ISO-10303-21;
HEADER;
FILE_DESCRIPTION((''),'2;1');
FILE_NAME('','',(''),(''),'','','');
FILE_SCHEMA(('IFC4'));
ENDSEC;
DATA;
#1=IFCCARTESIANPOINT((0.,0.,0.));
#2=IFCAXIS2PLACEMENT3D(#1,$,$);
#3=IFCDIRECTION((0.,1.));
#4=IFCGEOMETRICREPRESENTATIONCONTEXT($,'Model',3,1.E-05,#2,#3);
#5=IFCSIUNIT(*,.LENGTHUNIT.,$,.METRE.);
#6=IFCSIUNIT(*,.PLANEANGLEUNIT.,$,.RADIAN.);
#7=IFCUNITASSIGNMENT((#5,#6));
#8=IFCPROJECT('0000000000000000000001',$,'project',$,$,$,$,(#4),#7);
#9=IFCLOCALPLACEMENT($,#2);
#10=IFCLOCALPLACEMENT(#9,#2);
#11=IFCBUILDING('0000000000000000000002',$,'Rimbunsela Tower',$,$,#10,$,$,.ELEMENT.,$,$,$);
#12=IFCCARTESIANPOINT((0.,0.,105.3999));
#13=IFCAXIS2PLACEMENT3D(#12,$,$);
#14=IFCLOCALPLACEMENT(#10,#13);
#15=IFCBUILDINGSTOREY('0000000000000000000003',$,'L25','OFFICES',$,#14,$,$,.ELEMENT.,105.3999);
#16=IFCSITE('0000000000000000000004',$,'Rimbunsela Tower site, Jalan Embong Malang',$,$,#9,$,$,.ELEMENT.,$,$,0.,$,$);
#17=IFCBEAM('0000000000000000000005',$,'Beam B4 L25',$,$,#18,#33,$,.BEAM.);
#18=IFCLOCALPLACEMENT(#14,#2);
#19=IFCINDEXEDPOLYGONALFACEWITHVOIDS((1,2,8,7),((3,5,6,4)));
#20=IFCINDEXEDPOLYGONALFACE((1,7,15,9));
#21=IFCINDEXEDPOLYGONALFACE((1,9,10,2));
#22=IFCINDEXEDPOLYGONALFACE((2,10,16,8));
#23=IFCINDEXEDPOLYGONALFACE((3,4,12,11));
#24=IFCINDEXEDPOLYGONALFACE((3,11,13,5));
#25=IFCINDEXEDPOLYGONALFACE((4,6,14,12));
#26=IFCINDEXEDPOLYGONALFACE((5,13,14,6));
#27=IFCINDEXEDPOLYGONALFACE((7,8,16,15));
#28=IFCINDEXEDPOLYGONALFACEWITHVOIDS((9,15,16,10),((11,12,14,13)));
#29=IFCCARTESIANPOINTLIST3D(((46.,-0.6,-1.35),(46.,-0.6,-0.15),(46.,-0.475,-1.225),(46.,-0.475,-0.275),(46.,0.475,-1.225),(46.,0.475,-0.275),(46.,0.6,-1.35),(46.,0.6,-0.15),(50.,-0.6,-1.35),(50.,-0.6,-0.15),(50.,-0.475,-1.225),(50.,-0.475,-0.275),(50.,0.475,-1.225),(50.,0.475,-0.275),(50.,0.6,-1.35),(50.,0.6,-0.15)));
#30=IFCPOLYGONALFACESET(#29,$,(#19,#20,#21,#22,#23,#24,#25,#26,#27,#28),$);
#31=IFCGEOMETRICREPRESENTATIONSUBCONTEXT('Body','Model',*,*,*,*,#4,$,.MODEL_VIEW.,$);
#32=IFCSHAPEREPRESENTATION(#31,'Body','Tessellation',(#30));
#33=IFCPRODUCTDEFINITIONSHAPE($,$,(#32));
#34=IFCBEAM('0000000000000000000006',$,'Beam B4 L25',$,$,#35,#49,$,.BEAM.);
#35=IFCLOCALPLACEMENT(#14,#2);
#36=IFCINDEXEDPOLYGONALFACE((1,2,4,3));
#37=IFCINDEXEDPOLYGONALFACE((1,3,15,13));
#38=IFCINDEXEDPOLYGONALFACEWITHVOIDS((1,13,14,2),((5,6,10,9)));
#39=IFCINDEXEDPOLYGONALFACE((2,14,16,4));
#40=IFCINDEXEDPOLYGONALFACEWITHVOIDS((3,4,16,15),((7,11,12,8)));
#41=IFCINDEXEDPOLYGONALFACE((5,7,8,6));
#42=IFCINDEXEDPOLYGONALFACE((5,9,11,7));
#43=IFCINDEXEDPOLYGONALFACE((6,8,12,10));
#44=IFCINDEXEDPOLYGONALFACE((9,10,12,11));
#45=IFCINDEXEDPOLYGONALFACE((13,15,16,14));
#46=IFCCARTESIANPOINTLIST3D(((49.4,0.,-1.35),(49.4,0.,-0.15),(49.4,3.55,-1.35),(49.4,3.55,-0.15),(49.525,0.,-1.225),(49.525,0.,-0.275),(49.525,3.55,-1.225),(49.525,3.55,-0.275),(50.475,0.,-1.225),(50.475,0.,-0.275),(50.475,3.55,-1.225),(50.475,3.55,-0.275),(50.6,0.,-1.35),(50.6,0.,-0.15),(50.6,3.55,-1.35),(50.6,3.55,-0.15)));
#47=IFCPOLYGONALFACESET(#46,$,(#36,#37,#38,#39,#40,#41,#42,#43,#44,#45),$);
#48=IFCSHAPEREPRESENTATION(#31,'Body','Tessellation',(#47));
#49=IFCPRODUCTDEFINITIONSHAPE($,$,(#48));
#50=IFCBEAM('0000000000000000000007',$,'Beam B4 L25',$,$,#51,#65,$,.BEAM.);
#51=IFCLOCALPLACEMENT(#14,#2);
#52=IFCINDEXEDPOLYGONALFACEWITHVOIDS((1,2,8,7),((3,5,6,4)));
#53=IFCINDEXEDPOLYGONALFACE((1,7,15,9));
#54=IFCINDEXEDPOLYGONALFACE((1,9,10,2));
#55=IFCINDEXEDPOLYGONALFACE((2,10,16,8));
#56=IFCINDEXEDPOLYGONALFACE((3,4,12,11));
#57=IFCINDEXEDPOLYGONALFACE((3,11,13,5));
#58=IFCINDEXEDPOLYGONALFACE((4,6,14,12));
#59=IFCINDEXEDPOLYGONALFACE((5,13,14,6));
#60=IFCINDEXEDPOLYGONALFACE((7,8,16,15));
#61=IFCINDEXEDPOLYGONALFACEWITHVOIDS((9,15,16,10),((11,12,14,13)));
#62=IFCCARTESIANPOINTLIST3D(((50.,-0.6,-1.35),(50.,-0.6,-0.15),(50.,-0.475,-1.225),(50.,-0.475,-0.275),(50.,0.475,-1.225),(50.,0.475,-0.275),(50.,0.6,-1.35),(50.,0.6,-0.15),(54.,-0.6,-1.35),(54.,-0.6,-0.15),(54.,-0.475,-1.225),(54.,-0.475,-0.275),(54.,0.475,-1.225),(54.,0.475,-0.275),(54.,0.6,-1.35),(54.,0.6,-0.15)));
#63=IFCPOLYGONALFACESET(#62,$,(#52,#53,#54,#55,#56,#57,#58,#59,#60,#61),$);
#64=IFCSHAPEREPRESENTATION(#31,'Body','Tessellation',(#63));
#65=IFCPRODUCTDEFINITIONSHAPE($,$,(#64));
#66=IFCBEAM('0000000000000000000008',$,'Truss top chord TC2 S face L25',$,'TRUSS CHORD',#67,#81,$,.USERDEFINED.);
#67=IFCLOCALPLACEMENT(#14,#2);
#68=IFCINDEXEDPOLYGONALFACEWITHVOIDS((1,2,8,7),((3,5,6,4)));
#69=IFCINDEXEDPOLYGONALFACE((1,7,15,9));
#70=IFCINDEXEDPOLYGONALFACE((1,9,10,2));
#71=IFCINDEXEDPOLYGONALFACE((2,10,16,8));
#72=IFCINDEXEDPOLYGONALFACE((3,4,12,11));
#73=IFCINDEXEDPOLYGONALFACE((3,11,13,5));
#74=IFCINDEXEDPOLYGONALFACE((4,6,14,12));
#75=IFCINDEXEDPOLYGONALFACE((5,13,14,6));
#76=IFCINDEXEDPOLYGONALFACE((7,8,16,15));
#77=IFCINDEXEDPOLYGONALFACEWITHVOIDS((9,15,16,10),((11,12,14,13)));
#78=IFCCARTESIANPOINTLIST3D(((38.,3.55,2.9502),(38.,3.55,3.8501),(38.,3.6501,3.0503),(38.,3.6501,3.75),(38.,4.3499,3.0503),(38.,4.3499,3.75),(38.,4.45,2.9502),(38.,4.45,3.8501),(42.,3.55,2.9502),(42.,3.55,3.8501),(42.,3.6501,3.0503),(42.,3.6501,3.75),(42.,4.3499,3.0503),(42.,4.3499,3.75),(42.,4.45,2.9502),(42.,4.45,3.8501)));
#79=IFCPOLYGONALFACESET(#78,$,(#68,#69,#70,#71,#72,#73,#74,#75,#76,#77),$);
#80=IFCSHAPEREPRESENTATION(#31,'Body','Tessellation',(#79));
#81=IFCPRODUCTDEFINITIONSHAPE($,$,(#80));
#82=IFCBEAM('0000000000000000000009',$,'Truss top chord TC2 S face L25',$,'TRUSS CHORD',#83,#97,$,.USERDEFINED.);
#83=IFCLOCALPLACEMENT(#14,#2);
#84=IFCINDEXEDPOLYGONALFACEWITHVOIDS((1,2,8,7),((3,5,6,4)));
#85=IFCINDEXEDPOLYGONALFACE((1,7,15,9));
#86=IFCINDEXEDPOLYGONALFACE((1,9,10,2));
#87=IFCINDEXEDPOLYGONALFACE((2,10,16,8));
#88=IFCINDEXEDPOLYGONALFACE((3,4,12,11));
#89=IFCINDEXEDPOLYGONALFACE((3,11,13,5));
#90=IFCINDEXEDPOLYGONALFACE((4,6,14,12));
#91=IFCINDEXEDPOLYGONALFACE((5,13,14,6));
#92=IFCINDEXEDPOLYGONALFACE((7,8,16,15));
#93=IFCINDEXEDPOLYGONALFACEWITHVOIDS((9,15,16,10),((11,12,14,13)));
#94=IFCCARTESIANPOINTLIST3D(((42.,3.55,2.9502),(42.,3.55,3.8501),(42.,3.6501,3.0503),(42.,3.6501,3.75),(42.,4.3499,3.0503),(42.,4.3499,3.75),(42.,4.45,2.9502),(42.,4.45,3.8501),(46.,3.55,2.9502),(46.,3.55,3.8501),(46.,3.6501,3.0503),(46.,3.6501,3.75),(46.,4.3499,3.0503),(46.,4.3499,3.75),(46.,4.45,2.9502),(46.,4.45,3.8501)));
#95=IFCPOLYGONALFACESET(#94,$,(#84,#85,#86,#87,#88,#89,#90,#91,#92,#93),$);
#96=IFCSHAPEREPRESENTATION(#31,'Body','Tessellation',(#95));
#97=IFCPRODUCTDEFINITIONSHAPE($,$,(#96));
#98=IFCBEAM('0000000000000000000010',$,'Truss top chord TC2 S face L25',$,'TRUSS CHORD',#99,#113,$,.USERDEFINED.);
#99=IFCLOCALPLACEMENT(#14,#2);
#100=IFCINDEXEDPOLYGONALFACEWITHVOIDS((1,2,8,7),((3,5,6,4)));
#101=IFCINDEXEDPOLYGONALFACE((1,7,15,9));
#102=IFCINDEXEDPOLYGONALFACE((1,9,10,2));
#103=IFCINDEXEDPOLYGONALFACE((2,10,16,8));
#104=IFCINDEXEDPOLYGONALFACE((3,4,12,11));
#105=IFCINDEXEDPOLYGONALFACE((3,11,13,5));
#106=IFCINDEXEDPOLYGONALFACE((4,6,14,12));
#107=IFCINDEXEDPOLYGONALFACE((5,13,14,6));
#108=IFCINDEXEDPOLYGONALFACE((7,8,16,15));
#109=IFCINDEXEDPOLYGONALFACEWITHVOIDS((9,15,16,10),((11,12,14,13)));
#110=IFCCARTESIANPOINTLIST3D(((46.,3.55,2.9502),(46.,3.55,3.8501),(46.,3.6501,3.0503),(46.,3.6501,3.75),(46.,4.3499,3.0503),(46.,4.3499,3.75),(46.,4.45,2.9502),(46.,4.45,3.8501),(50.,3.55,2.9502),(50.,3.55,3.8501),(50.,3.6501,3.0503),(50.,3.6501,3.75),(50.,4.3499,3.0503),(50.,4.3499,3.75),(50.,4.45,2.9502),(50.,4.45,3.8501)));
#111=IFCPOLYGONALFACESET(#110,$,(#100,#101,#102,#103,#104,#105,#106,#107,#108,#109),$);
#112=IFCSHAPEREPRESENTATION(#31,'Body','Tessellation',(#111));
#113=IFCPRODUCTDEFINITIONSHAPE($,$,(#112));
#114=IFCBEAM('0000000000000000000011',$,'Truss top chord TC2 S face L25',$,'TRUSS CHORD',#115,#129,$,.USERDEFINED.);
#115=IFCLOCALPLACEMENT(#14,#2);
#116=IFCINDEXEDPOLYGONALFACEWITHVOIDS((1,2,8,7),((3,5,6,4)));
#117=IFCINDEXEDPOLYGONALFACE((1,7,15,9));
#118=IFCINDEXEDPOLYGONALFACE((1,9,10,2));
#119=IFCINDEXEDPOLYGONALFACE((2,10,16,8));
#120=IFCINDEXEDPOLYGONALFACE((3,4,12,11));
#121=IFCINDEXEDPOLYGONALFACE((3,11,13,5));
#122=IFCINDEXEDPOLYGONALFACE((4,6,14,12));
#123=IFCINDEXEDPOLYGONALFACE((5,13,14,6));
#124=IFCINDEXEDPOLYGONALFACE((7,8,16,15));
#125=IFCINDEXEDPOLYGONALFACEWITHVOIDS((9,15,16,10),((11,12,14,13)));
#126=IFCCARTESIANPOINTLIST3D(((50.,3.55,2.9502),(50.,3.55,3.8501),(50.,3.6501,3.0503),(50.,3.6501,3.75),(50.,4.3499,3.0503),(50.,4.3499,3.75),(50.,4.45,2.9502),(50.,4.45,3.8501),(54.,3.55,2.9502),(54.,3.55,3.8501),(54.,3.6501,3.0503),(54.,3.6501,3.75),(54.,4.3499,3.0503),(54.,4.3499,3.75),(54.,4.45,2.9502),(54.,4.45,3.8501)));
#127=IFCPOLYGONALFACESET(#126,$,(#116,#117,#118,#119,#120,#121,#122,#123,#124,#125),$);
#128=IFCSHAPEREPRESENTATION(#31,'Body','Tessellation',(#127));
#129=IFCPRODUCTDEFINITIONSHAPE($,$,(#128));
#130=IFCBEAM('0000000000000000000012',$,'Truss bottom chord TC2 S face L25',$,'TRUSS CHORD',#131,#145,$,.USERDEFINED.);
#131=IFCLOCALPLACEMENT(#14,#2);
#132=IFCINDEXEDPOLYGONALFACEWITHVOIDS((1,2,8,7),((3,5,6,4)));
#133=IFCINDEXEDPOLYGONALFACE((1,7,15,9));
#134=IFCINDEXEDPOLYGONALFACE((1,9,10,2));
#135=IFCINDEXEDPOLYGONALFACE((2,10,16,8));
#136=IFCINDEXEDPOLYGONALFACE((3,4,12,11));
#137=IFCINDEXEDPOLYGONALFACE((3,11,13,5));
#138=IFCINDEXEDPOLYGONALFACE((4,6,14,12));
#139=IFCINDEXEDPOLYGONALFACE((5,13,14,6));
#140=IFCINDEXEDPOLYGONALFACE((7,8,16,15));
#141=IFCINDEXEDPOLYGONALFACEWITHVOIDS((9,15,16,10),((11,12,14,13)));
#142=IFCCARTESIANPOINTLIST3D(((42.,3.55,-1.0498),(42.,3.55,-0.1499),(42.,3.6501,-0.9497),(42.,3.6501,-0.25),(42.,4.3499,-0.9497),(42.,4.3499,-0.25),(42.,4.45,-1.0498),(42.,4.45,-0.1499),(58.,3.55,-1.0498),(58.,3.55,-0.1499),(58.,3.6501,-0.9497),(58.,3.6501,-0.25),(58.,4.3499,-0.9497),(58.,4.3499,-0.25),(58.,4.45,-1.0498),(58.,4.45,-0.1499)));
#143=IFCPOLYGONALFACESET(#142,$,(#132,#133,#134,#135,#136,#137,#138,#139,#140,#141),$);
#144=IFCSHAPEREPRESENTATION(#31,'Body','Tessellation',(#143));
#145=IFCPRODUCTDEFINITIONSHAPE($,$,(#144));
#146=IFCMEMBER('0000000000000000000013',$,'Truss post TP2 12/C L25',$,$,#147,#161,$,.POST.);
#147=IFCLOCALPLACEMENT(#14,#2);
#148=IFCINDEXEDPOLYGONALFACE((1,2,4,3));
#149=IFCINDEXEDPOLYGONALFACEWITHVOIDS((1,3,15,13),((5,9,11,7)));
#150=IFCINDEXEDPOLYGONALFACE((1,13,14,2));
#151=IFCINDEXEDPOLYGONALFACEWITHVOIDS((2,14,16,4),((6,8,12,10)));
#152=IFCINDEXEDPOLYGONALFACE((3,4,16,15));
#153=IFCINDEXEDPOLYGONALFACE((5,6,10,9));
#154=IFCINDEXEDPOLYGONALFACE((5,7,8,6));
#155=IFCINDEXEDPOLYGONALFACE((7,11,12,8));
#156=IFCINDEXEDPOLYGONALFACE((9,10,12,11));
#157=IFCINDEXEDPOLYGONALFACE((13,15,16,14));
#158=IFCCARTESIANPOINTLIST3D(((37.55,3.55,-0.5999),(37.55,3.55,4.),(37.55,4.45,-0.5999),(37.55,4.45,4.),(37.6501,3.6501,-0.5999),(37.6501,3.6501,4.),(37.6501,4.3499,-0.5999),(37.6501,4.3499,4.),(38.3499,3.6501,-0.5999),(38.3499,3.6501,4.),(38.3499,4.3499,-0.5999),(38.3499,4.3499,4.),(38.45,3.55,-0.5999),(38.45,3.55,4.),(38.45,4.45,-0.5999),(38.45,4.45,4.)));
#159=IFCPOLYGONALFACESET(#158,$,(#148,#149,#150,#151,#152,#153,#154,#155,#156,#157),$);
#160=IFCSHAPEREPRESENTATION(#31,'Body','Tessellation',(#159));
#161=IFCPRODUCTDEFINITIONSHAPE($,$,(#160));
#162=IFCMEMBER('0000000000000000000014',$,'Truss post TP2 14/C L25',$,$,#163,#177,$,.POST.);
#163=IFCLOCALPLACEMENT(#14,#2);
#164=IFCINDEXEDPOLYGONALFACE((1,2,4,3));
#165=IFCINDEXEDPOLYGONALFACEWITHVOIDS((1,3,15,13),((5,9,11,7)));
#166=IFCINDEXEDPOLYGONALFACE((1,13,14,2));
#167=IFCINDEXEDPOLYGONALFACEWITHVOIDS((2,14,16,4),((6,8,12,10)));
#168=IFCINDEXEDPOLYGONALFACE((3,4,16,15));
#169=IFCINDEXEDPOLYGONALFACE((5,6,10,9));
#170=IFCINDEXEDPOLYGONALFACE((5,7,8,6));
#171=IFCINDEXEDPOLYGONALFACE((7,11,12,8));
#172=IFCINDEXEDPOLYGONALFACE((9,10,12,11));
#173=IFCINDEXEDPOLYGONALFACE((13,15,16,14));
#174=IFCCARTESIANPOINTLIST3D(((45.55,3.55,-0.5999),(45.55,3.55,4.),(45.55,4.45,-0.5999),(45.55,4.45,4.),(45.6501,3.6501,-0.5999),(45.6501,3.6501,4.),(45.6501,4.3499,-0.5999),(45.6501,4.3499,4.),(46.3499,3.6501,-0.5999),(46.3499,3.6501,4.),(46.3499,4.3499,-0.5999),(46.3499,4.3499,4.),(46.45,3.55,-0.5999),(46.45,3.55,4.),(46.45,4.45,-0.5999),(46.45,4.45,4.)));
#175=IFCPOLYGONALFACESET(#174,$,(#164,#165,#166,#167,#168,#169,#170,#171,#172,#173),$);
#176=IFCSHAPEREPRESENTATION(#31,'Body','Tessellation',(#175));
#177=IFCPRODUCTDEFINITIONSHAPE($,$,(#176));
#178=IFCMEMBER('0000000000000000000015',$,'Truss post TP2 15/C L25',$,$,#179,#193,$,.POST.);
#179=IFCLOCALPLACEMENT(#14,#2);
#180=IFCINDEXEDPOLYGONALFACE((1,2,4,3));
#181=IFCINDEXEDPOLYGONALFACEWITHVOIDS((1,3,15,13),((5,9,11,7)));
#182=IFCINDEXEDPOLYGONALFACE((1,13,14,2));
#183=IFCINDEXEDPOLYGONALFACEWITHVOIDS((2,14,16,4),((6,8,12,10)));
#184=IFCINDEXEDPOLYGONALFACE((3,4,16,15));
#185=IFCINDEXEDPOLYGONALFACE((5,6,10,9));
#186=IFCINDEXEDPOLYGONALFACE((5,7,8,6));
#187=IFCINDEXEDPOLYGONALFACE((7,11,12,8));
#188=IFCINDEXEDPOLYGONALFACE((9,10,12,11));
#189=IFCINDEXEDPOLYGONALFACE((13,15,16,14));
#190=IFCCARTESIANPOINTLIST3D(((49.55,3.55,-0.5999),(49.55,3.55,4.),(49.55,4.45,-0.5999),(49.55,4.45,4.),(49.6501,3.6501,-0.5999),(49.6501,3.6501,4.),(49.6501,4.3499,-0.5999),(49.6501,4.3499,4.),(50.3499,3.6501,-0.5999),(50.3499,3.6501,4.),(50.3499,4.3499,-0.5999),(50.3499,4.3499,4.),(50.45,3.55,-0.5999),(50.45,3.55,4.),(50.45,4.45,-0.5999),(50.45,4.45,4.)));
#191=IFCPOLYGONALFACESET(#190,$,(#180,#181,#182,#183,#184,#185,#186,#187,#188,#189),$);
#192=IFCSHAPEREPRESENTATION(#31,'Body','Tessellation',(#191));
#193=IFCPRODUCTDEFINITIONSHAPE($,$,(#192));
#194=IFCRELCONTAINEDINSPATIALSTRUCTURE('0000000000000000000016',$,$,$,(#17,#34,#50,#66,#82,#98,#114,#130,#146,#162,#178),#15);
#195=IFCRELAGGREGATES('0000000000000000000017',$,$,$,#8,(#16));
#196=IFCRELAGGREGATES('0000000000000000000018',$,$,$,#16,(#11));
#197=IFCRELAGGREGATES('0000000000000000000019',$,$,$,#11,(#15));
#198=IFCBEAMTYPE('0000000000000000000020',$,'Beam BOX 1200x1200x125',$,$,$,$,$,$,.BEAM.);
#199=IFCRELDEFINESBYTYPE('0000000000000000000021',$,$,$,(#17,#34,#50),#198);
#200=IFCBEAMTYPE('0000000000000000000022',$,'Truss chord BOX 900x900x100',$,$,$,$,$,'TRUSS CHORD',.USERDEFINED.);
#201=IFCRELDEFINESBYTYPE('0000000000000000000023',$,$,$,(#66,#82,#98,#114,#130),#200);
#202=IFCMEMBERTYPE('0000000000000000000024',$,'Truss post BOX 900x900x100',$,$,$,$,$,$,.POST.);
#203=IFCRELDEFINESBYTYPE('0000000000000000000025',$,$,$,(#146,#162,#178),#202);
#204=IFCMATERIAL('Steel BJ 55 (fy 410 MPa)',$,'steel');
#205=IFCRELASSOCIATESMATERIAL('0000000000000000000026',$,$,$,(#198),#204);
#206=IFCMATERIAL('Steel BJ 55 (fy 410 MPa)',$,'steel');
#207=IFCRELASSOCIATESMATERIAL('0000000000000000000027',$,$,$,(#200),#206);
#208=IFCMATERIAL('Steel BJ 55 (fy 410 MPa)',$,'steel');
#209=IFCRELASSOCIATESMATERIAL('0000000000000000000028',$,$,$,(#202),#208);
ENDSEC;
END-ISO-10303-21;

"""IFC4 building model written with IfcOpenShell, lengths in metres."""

from ifc_helpers import new_model, si_unit, direction, frame, origin, origin_2d, place, context, subcontext, project, spatial, hollow_rectangle, extrude, material, material_profile, profile_set, type_object, element, save


model = new_model("IFC4")

# Units and contexts
model_context = context("Model", 3, precision=1e-05, world=origin(), true_north=direction((0.0, 1.0)))
body_context = subcontext(model_context, "Body", "Model", "MODEL_VIEW")
ifc_project = project(units=[si_unit("LENGTHUNIT", "METRE"), si_unit("PLANEANGLEUNIT", "RADIAN")], contexts=[model_context])

# Site, building, storey
site_placement = place(None, origin())
site = spatial("IfcSite", under=ifc_project, at=site_placement, Name="Rimbunsela Tower site, Jalan Embong Malang", CompositionType="ELEMENT", RefElevation=0.0)
building_placement = place(site_placement, origin())
building = spatial("IfcBuilding", under=site, at=building_placement, Name="Rimbunsela Tower", CompositionType="ELEMENT")
storey_placement = place(building_placement, frame((0.0, 0.0, 105.3999)))
storey = spatial("IfcBuildingStorey", under=building, at=storey_placement, Name="L25", Description="OFFICES", CompositionType="ELEMENT", Elevation=105.3999)

# Beams
ifc_material_1 = material(Name="Steel BJ 55 (fy 410 MPa)", Category="steel")
ifc_material_profile_1 = material_profile(ifc_material_1, hollow_rectangle(XDim=1.2, YDim=1.2, WallThickness=0.125, at=origin_2d()), Name="BOX 1200x1200x125")
ifc_profile_set_1 = profile_set([ifc_material_profile_1], Name="Steel BJ 55 (fy 410 MPa)")
beam_type_1 = type_object("IfcBeamType", Name="Beam BOX 1200x1200x125", PredefinedType="BEAM", material=ifc_profile_set_1)
beam_1_placement = place(storey_placement, frame((46.0, 0.0, -0.75), z_axis=(1.0, 0.0, 0.0), x_axis=(0.0, 1.0, 0.0)))
element("IfcBeam", 1, at=beam_1_placement, inside=storey, type_object=beam_type_1, Name="Beam B4 L25", PredefinedType="BEAM", context=body_context, shape_type="SweptSolid", body=[
    extrude(hollow_rectangle(XDim=1.2, YDim=1.2, WallThickness=0.125, at=origin_2d()), origin(), (0.0, 0.0, 1.0), 4.0),
])
beam_2_placement = place(storey_placement, frame((50.0, 0.0, -0.75), z_axis=(0.0, 1.0, 0.0), x_axis=(-1.0, 0.0, 0.0)))
element("IfcBeam", 2, at=beam_2_placement, inside=storey, type_object=beam_type_1, Name="Beam B4 L25", PredefinedType="BEAM", context=body_context, shape_type="SweptSolid", body=[
    extrude(hollow_rectangle(XDim=1.2, YDim=1.2, WallThickness=0.125, at=origin_2d()), origin(), (0.0, 0.0, 1.0), 3.55),
])
beam_3_placement = place(storey_placement, frame((50.0, 0.0, -0.75), z_axis=(1.0, 0.0, 0.0), x_axis=(0.0, 1.0, 0.0)))
element("IfcBeam", 3, at=beam_3_placement, inside=storey, type_object=beam_type_1, Name="Beam B4 L25", PredefinedType="BEAM", context=body_context, shape_type="SweptSolid", body=[
    extrude(hollow_rectangle(XDim=1.2, YDim=1.2, WallThickness=0.125, at=origin_2d()), origin(), (0.0, 0.0, 1.0), 4.0),
])
ifc_material_2 = material(Name="Steel BJ 55 (fy 410 MPa)", Category="steel")
ifc_material_profile_2 = material_profile(ifc_material_2, hollow_rectangle(XDim=0.8999, YDim=0.8999, WallThickness=0.1001, at=origin_2d()), Name="BOX 900x900x100")
ifc_profile_set_2 = profile_set([ifc_material_profile_2], Name="Steel BJ 55 (fy 410 MPa)")
beam_type_2 = type_object("IfcBeamType", Name="Truss chord BOX 900x900x100", ElementType="TRUSS CHORD", PredefinedType="USERDEFINED", material=ifc_profile_set_2)
for number, where, z_axis, x_axis, name in (
    (4, (38.0, 4.0, 3.4001), (1.0, 0.0, 0.0), (0.0, 1.0, 0.0), "Truss top chord TC2 S face L25"),
    (5, (42.0, 4.0, 3.4001), (1.0, 0.0, 0.0), (0.0, 1.0, 0.0), "Truss top chord TC2 S face L25"),
    (6, (46.0, 4.0, 3.4001), (1.0, 0.0, 0.0), (0.0, 1.0, 0.0), "Truss top chord TC2 S face L25"),
    (7, (50.0, 4.0, 3.4001), (1.0, 0.0, 0.0), (0.0, 1.0, 0.0), "Truss top chord TC2 S face L25"),
):
    element("IfcBeam", number, at=place(storey_placement, frame(where, z_axis=z_axis, x_axis=x_axis)), inside=storey, type_object=beam_type_2, Name=name, ObjectType="TRUSS CHORD", PredefinedType="USERDEFINED", context=body_context, shape_type="SweptSolid", body=[
        extrude(hollow_rectangle(XDim=0.8999, YDim=0.8999, WallThickness=0.1001, at=origin_2d()), origin(), (0.0, 0.0, 1.0), 4.0),
    ])
beam_4_placement = place(storey_placement, frame((42.0, 4.0, -0.5999), z_axis=(1.0, 0.0, 0.0), x_axis=(0.0, 1.0, 0.0)))
element("IfcBeam", 8, at=beam_4_placement, inside=storey, type_object=beam_type_2, Name="Truss bottom chord TC2 S face L25", ObjectType="TRUSS CHORD", PredefinedType="USERDEFINED", context=body_context, shape_type="SweptSolid", body=[
    extrude(hollow_rectangle(XDim=0.8999, YDim=0.8999, WallThickness=0.1001, at=origin_2d()), origin(), (0.0, 0.0, 1.0), 16.0),
])

# Members
ifc_material_3 = material(Name="Steel BJ 55 (fy 410 MPa)", Category="steel")
ifc_material_profile_3 = material_profile(ifc_material_3, hollow_rectangle(XDim=0.8999, YDim=0.8999, WallThickness=0.1001, at=origin_2d()), Name="BOX 900x900x100")
ifc_profile_set_3 = profile_set([ifc_material_profile_3], Name="Steel BJ 55 (fy 410 MPa)")
member_type = type_object("IfcMemberType", Name="Truss post BOX 900x900x100", PredefinedType="POST", material=ifc_profile_set_3)
for number, where, z_axis, x_axis, name in (
    (9, (38.0, 4.0, -0.5999), (0.0, 0.0, 1.0), (1.0, 0.0, 0.0), "Truss post TP2 12/C L25"),
    (10, (46.0, 4.0, -0.5999), (0.0, 0.0, 1.0), (1.0, 0.0, 0.0), "Truss post TP2 14/C L25"),
    (11, (50.0, 4.0, -0.5999), (0.0, 0.0, 1.0), (1.0, 0.0, 0.0), "Truss post TP2 15/C L25"),
):
    element("IfcMember", number, at=place(storey_placement, frame(where, z_axis=z_axis, x_axis=x_axis)), inside=storey, type_object=member_type, Name=name, PredefinedType="POST", context=body_context, shape_type="SweptSolid", body=[
        extrude(hollow_rectangle(XDim=0.8999, YDim=0.8999, WallThickness=0.1001, at=origin_2d()), origin(), (0.0, 0.0, 1.0), 4.5999),
    ])

save(model, "model.ifc")
